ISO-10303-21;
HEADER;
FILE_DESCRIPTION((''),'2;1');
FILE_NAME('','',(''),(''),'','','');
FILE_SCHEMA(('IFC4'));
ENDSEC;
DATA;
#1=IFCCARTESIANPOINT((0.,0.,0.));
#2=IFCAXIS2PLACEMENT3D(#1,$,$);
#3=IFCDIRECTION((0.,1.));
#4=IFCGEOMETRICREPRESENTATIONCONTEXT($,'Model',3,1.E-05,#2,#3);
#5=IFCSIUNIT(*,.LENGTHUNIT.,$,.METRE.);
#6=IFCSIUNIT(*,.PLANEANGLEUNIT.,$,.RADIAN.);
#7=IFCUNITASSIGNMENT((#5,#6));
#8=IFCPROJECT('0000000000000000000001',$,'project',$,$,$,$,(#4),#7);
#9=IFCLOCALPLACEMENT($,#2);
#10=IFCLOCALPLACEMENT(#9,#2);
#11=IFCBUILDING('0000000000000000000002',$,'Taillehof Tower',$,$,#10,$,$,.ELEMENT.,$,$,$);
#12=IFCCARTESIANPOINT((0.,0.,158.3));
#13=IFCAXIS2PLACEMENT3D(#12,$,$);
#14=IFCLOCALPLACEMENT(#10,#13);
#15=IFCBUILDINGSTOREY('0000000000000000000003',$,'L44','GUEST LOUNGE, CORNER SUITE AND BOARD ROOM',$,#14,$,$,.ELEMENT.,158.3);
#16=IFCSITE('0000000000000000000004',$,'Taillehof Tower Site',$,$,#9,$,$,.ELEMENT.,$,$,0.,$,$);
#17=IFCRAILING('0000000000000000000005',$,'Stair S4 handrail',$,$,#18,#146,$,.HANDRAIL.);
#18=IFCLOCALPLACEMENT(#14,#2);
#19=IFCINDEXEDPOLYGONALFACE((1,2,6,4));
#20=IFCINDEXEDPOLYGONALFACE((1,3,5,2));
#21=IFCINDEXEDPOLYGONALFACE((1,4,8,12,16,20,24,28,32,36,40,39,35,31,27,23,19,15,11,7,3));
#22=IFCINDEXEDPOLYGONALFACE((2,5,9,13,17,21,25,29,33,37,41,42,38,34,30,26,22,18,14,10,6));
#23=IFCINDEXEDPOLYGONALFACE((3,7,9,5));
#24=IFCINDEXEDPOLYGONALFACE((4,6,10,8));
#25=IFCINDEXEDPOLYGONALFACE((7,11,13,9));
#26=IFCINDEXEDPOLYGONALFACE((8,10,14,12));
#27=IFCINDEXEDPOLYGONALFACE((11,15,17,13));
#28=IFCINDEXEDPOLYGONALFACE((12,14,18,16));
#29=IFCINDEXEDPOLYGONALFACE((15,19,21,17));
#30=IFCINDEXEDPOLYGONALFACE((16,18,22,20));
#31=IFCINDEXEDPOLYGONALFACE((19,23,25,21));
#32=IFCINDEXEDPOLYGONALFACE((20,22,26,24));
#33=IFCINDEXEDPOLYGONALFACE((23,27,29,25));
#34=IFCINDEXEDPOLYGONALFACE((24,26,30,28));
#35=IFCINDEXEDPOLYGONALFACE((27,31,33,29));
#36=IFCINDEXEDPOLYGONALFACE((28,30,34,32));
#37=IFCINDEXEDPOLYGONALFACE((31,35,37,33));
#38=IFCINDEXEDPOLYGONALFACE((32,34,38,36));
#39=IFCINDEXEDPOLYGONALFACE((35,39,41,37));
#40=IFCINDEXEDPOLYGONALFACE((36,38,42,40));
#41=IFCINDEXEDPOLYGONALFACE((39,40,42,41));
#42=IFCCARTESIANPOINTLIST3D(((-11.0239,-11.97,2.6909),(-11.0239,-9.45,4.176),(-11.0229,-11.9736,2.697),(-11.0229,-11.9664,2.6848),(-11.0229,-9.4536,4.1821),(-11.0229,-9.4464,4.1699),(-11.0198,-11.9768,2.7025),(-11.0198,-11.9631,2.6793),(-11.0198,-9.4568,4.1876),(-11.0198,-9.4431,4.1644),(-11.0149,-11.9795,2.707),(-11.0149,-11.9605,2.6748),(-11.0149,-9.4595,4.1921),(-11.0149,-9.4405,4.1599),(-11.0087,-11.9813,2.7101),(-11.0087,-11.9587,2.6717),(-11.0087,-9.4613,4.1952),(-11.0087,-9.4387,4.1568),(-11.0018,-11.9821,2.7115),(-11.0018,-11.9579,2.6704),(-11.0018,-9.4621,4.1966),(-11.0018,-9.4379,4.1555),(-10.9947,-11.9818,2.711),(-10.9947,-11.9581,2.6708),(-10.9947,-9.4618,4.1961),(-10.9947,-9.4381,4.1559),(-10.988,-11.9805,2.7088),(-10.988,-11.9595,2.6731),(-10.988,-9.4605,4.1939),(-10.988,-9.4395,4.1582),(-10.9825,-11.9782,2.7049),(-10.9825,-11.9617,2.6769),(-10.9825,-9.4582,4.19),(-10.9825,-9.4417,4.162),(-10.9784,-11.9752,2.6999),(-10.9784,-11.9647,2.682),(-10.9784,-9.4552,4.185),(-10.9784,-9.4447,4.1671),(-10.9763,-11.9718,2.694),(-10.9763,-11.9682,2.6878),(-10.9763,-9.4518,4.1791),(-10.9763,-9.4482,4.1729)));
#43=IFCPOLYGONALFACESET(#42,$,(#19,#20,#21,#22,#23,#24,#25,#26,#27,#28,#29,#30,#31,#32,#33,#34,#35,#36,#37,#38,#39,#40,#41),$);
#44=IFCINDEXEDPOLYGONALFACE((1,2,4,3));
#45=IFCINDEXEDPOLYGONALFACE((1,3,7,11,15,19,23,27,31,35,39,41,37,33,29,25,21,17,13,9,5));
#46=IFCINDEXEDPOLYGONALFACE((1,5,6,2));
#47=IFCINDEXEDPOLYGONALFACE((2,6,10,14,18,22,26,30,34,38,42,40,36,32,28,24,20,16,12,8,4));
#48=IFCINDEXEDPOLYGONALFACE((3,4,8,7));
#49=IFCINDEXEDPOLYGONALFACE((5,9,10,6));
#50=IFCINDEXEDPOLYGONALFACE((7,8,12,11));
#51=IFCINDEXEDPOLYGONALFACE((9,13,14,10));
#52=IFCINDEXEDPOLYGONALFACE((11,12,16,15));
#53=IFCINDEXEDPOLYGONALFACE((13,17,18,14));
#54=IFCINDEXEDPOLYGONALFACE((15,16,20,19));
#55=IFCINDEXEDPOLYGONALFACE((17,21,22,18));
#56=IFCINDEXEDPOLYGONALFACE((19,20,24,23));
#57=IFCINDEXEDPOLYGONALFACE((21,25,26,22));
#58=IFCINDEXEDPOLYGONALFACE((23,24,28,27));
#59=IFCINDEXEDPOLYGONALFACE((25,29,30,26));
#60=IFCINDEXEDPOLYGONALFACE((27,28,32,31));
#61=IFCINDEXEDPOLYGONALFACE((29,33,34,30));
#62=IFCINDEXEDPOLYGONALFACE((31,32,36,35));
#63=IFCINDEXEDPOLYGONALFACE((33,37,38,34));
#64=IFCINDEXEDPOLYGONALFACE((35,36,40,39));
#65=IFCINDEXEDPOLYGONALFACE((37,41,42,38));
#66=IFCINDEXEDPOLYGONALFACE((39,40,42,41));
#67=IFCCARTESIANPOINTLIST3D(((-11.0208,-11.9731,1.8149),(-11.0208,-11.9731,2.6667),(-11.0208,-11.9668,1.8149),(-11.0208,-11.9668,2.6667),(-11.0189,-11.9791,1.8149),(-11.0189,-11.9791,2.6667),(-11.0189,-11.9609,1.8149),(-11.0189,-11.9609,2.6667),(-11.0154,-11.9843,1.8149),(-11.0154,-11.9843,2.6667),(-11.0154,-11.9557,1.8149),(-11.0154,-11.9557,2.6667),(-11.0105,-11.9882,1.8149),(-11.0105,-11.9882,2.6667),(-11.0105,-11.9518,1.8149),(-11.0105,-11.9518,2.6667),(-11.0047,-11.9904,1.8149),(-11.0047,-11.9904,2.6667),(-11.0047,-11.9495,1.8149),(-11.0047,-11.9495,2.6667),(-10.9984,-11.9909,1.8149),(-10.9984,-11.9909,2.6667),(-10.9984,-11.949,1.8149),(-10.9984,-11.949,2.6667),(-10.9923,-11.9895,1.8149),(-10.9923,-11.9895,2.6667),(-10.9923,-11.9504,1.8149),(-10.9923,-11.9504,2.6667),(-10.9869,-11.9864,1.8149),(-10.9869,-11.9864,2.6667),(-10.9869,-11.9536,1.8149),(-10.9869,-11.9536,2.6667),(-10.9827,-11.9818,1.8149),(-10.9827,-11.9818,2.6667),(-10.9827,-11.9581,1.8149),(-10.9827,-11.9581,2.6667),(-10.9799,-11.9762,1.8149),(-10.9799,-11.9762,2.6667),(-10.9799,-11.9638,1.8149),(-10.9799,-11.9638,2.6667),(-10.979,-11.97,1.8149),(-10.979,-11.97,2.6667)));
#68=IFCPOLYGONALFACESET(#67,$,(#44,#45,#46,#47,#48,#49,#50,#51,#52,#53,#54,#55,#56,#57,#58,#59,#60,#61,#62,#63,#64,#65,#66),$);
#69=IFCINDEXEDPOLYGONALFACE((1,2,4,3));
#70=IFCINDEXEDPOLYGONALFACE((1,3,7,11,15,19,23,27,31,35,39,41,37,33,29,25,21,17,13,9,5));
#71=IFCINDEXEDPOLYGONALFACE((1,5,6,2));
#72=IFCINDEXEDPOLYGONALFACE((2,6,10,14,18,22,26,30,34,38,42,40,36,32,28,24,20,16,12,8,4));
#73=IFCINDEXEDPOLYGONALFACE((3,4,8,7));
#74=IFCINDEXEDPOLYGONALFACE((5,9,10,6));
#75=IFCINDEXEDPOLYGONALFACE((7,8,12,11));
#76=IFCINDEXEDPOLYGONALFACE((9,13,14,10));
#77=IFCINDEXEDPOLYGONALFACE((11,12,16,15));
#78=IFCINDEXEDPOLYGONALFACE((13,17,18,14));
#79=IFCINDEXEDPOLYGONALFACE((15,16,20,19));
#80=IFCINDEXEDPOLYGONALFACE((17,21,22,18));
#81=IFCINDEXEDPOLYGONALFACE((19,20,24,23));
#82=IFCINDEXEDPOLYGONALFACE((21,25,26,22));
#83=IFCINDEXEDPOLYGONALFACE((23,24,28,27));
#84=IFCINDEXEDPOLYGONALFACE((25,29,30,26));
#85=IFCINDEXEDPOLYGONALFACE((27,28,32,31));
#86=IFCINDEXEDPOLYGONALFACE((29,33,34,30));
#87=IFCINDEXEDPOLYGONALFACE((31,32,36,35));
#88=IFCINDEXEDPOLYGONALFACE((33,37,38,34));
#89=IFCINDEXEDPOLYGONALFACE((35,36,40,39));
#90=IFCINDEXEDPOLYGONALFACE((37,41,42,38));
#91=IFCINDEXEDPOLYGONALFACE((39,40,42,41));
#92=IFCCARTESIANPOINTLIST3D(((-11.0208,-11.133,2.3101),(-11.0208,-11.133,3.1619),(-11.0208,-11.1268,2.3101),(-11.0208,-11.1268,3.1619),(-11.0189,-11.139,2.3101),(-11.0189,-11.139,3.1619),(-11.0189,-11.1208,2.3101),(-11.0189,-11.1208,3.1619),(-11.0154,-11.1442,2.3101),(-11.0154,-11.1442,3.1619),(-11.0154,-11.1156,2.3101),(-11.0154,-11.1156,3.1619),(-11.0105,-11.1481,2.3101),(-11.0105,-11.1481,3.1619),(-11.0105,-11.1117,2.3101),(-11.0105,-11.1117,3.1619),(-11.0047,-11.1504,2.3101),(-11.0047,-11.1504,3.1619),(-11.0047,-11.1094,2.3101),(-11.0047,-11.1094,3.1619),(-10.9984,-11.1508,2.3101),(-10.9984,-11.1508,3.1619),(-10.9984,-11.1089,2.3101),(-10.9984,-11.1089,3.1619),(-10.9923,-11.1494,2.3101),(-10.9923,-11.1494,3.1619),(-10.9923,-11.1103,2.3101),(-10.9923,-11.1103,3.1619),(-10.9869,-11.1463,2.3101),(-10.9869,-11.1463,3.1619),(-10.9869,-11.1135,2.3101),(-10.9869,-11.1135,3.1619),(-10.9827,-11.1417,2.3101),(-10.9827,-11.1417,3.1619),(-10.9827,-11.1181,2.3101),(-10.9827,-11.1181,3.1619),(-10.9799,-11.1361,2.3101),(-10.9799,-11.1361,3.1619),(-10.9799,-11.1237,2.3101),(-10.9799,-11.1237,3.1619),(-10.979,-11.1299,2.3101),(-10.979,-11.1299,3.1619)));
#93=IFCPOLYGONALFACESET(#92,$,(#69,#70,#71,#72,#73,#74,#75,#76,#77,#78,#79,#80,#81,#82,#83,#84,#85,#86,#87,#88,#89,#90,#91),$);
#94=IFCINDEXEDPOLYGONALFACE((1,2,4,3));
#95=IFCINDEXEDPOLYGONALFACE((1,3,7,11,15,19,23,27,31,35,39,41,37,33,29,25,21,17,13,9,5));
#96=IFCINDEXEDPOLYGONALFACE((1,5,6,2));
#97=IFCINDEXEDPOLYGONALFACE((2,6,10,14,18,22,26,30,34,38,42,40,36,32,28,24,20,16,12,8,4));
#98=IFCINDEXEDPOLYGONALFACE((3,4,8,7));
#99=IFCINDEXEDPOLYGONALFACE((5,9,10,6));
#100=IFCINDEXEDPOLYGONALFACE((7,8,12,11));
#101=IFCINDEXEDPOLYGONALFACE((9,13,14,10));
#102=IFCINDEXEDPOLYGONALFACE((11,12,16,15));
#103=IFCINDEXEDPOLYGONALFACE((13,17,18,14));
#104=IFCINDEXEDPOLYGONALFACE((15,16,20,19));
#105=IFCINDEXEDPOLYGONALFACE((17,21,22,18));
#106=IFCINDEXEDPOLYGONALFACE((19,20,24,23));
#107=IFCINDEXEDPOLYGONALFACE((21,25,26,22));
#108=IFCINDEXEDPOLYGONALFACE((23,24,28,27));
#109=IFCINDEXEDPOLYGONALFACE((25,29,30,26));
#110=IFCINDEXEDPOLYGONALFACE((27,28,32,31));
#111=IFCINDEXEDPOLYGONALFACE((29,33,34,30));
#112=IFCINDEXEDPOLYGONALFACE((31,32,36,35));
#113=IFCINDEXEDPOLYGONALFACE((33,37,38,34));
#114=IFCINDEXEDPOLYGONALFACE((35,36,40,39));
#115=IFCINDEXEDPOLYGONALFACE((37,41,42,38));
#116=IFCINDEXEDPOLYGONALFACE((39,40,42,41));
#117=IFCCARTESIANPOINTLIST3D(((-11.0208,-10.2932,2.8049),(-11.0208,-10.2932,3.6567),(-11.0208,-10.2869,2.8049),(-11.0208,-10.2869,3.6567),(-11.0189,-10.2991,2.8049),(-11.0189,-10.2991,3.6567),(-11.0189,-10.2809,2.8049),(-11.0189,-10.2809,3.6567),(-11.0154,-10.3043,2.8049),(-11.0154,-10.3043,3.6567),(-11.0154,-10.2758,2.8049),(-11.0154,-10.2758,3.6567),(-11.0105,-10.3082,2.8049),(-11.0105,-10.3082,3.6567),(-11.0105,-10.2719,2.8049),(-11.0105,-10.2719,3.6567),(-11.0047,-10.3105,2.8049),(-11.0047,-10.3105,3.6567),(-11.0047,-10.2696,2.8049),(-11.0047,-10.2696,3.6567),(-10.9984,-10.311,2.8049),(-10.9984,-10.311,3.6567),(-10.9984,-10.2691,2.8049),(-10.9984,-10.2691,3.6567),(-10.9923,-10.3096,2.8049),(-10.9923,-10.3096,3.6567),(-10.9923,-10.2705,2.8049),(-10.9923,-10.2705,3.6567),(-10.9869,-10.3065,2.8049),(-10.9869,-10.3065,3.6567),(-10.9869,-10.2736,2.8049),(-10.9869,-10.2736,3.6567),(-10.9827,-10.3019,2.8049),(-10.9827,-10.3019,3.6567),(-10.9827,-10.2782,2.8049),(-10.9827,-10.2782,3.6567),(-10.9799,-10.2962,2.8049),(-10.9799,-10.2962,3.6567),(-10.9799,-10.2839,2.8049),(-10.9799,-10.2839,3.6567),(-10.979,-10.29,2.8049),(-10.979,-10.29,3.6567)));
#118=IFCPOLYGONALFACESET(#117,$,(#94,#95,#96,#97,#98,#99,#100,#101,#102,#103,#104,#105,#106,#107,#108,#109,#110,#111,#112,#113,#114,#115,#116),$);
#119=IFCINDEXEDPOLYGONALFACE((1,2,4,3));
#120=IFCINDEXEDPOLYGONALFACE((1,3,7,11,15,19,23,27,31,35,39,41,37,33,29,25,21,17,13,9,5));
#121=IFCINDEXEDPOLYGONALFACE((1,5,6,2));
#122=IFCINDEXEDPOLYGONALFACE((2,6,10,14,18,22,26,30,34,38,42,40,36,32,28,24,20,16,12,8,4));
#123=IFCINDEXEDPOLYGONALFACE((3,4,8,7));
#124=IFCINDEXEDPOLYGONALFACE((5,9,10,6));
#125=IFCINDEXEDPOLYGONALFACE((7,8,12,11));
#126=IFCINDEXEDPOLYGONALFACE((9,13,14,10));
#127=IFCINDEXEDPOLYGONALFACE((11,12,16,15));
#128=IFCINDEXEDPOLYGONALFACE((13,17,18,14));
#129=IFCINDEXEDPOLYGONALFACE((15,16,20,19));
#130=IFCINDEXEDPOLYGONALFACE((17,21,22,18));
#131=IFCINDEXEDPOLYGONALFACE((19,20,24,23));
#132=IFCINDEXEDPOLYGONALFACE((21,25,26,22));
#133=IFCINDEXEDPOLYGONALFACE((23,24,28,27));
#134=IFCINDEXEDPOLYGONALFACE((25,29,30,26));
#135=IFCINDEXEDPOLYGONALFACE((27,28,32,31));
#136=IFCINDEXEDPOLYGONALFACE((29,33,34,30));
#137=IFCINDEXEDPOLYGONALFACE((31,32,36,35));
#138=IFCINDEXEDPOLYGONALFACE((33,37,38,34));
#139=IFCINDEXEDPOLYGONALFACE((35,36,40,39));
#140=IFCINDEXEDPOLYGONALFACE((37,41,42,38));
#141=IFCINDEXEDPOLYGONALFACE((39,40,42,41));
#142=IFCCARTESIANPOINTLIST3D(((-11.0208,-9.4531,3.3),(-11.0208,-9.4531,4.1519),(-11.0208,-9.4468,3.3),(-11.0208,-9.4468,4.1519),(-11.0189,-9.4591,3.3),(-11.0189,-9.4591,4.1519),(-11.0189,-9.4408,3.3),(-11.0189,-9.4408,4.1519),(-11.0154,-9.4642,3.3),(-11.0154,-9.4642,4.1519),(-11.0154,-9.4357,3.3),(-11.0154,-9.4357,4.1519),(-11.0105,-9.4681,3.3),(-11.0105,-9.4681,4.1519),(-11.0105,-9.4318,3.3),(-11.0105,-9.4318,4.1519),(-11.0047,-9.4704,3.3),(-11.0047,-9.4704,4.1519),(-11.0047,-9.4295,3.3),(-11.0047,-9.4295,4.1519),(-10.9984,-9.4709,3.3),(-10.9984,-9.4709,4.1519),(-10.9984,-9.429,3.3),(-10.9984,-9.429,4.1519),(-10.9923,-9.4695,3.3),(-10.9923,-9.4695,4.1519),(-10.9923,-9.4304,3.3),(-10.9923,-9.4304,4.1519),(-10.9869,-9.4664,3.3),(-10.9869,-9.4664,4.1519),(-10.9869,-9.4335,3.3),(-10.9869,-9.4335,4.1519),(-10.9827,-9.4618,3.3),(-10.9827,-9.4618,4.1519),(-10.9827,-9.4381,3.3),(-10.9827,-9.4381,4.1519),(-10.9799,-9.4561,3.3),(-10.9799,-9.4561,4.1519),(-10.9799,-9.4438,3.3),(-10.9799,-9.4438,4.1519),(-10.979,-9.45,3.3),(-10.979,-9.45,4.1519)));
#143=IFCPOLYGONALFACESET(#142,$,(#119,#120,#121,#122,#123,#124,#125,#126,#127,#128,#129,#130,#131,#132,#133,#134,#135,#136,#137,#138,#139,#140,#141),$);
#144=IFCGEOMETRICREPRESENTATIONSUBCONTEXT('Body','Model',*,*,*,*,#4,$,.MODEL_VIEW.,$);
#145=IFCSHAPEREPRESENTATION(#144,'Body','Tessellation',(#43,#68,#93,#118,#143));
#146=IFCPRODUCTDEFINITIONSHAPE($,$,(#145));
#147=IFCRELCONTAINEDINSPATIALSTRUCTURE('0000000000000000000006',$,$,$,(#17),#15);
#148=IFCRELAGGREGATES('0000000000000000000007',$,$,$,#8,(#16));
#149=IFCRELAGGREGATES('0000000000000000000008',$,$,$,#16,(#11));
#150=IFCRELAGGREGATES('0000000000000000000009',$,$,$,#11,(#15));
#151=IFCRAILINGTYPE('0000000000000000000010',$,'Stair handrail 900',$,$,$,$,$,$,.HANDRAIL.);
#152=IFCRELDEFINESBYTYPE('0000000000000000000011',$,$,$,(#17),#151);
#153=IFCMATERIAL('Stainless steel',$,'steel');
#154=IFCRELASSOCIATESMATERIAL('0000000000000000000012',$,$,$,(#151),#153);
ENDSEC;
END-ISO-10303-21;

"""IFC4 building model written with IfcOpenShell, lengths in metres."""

from ifc_helpers import new_model, si_unit, direction, frame, origin, origin_2d, place, context, subcontext, project, spatial, circle, extrude, material, type_object, element, save


model = new_model("IFC4")

# Units and contexts
model_context = context("Model", 3, precision=1e-05, world=origin(), true_north=direction((0.0, 1.0)))
body_context = subcontext(model_context, "Body", "Model", "MODEL_VIEW")
ifc_project = project(units=[si_unit("LENGTHUNIT", "METRE"), si_unit("PLANEANGLEUNIT", "RADIAN")], contexts=[model_context])

# Site, building, storey
site_placement = place(None, origin())
site = spatial("IfcSite", under=ifc_project, at=site_placement, Name="Taillehof Tower Site", CompositionType="ELEMENT", RefElevation=0.0)
building_placement = place(site_placement, origin())
building = spatial("IfcBuilding", under=site, at=building_placement, Name="Taillehof Tower", CompositionType="ELEMENT")
storey_placement = place(building_placement, frame((0.0, 0.0, 158.3)))
storey = spatial("IfcBuildingStorey", under=building, at=storey_placement, Name="L44", Description="GUEST LOUNGE, CORNER SUITE AND BOARD ROOM", CompositionType="ELEMENT", Elevation=158.3)

# Railing
ifc_material_1 = material(Name="Stainless steel", Category="steel")
railing_type = type_object("IfcRailingType", Name="Stair handrail 900", PredefinedType="HANDRAIL", material=ifc_material_1)
railing_placement = place(storey_placement, frame((-11.0, -11.97, 1.8149)))
element("IfcRailing", 1, at=railing_placement, inside=storey, type_object=railing_type, Name="Stair S4 handrail", PredefinedType="HANDRAIL", context=body_context, shape_type="SweptSolid", body=[
    extrude(circle(Radius=0.0239, at=origin_2d()), frame((0.0, 0.0, 0.876), z_axis=(0.0, 0.861524, 0.507717), x_axis=(-1.0, 0.0, 0.0)), (0.0, 0.0, 1.0), 2.925),
    extrude(circle(Radius=0.021, at=origin_2d()), origin(), (0.0, 0.0, 1.0), 0.8518),
    extrude(circle(Radius=0.021, at=origin_2d()), frame((0.0, 0.8401, 0.4951)), (0.0, 0.0, 1.0), 0.8518),
    extrude(circle(Radius=0.021, at=origin_2d()), frame((0.0, 1.6799, 0.99)), (0.0, 0.0, 1.0), 0.8518),
    extrude(circle(Radius=0.021, at=origin_2d()), frame((0.0, 2.52, 1.4851)), (0.0, 0.0, 1.0), 0.8518),
])

save(model, "model.ifc")
